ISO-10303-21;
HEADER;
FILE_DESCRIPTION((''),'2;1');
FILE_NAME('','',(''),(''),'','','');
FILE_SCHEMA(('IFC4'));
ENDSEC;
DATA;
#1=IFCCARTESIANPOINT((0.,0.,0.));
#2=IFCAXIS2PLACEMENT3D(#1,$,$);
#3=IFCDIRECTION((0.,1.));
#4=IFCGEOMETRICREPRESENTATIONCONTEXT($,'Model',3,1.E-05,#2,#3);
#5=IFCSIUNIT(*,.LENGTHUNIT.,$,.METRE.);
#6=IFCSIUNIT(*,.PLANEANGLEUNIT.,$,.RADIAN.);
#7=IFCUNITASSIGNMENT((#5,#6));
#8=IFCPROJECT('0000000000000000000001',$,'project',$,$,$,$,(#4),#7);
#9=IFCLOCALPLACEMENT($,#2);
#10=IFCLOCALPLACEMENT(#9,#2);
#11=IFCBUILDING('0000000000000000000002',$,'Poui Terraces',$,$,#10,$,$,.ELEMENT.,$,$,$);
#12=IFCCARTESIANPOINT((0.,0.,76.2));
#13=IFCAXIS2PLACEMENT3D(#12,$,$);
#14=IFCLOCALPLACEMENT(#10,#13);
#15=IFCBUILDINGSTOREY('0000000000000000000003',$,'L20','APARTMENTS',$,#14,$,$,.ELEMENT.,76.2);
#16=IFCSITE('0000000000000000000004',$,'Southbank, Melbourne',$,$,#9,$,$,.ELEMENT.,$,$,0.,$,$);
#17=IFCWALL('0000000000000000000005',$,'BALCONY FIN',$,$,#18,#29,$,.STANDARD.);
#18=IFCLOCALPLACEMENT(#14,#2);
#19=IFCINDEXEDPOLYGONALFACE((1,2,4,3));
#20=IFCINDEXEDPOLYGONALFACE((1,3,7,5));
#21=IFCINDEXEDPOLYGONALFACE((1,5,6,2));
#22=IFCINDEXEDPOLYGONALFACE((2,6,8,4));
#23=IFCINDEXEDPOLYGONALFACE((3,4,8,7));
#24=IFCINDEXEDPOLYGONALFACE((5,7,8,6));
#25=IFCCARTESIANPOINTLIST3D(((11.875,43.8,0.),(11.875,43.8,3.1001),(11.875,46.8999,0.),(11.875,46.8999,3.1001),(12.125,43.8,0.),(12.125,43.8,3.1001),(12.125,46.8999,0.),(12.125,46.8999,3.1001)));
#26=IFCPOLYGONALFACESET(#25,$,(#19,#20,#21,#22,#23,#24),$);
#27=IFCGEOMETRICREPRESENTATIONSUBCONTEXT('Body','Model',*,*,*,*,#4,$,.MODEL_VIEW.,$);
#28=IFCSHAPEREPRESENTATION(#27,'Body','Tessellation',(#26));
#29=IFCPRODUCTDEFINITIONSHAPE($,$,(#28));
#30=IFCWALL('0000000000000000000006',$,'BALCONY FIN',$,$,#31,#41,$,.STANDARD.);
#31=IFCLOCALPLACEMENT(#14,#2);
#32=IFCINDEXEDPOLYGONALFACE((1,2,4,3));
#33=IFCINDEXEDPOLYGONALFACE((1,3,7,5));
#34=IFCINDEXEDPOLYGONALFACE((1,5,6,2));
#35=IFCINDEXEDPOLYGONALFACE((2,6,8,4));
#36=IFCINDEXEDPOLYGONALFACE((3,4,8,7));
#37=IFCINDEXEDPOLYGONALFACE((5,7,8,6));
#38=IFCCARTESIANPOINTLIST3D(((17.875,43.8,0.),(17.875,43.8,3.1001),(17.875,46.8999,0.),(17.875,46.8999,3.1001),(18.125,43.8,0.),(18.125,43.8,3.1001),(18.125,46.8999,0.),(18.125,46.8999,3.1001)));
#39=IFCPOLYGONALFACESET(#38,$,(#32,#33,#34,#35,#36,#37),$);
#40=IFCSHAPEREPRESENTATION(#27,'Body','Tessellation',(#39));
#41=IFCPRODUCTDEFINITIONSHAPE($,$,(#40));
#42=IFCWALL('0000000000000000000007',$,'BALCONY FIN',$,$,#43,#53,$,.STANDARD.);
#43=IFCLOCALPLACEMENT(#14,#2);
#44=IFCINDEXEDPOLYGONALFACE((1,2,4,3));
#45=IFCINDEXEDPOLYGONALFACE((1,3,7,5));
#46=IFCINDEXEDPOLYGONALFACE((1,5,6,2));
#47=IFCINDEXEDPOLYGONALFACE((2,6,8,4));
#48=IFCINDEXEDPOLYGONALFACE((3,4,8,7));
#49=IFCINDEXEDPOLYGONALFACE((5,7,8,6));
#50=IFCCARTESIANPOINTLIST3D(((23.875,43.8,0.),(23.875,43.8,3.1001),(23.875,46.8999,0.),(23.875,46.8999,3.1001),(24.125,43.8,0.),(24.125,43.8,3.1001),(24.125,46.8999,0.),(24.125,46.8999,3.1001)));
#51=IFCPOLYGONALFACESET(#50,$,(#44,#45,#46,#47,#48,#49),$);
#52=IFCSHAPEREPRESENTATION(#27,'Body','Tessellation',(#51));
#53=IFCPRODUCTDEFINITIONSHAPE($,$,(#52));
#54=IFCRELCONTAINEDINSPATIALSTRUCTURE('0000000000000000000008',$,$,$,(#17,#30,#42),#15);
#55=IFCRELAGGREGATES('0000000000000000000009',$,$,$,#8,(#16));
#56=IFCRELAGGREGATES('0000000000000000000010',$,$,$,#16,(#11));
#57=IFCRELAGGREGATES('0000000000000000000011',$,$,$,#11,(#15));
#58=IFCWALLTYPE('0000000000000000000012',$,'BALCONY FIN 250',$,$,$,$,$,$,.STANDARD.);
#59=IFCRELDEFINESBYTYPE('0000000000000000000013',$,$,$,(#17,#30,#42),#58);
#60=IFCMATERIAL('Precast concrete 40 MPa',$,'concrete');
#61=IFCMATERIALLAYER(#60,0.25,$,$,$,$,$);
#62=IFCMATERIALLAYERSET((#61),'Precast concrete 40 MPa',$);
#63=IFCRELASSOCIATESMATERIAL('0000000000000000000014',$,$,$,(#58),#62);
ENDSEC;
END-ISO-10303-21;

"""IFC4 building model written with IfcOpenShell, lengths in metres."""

from ifc_helpers import new_model, si_unit, direction, frame, origin, place, context, subcontext, project, spatial, polyline, outline, extrude, source, transform, mapped, material, layer, layer_set, type_object, element, save


model = new_model("IFC4")

# Units and contexts
model_context = context("Model", 3, precision=1e-05, world=origin(), true_north=direction((0.0, 1.0)))
body_context = subcontext(model_context, "Body", "Model", "MODEL_VIEW")
ifc_project = project(units=[si_unit("LENGTHUNIT", "METRE"), si_unit("PLANEANGLEUNIT", "RADIAN")], contexts=[model_context])

# Site, building, storey
site_placement = place(None, origin())
site = spatial("IfcSite", under=ifc_project, at=site_placement, Name="Southbank, Melbourne", CompositionType="ELEMENT", RefElevation=0.0)
building_placement = place(site_placement, origin())
building = spatial("IfcBuilding", under=site, at=building_placement, Name="Poui Terraces", CompositionType="ELEMENT")
storey_placement = place(building_placement, frame((0.0, 0.0, 76.2)))
storey = spatial("IfcBuildingStorey", under=building, at=storey_placement, Name="L20", Description="APARTMENTS", CompositionType="ELEMENT", Elevation=76.2)

# Walls
ifc_material_1 = material(Name="Precast concrete 40 MPa", Category="concrete")
ifc_layer_1 = layer(ifc_material_1, 0.25)
ifc_layer_set_1 = layer_set([ifc_layer_1], Name="Precast concrete 40 MPa")
wall_type_1 = type_object("IfcWallType", Name="BALCONY FIN 250", PredefinedType="STANDARD", material=ifc_layer_set_1)
shared_shape_1 = source(origin(), body_context, "Body", "SweptSolid", [
    extrude(outline(polyline([(0.0, 0.0), (0.25, 0.0), (0.25, 3.0999), (0.0, 3.0999), (0.0, 0.0)])), origin(), (0.0, 0.0, 1.0), 3.1001),
])
for number, where, name in (
    (1, (11.875, 43.8, 0.0), "BALCONY FIN"),
    (2, (17.875, 43.8, 0.0), "BALCONY FIN"),
    (3, (23.875, 43.8, 0.0), "BALCONY FIN"),
):
    element("IfcWall", number, at=place(storey_placement, frame(where)), inside=storey, type_object=wall_type_1, Name=name, PredefinedType="STANDARD", context=body_context, shape_type="MappedRepresentation", body=[
        mapped(shared_shape_1, transform((0.0, 0.0, 0.0))),
    ])

save(model, "model.ifc")
